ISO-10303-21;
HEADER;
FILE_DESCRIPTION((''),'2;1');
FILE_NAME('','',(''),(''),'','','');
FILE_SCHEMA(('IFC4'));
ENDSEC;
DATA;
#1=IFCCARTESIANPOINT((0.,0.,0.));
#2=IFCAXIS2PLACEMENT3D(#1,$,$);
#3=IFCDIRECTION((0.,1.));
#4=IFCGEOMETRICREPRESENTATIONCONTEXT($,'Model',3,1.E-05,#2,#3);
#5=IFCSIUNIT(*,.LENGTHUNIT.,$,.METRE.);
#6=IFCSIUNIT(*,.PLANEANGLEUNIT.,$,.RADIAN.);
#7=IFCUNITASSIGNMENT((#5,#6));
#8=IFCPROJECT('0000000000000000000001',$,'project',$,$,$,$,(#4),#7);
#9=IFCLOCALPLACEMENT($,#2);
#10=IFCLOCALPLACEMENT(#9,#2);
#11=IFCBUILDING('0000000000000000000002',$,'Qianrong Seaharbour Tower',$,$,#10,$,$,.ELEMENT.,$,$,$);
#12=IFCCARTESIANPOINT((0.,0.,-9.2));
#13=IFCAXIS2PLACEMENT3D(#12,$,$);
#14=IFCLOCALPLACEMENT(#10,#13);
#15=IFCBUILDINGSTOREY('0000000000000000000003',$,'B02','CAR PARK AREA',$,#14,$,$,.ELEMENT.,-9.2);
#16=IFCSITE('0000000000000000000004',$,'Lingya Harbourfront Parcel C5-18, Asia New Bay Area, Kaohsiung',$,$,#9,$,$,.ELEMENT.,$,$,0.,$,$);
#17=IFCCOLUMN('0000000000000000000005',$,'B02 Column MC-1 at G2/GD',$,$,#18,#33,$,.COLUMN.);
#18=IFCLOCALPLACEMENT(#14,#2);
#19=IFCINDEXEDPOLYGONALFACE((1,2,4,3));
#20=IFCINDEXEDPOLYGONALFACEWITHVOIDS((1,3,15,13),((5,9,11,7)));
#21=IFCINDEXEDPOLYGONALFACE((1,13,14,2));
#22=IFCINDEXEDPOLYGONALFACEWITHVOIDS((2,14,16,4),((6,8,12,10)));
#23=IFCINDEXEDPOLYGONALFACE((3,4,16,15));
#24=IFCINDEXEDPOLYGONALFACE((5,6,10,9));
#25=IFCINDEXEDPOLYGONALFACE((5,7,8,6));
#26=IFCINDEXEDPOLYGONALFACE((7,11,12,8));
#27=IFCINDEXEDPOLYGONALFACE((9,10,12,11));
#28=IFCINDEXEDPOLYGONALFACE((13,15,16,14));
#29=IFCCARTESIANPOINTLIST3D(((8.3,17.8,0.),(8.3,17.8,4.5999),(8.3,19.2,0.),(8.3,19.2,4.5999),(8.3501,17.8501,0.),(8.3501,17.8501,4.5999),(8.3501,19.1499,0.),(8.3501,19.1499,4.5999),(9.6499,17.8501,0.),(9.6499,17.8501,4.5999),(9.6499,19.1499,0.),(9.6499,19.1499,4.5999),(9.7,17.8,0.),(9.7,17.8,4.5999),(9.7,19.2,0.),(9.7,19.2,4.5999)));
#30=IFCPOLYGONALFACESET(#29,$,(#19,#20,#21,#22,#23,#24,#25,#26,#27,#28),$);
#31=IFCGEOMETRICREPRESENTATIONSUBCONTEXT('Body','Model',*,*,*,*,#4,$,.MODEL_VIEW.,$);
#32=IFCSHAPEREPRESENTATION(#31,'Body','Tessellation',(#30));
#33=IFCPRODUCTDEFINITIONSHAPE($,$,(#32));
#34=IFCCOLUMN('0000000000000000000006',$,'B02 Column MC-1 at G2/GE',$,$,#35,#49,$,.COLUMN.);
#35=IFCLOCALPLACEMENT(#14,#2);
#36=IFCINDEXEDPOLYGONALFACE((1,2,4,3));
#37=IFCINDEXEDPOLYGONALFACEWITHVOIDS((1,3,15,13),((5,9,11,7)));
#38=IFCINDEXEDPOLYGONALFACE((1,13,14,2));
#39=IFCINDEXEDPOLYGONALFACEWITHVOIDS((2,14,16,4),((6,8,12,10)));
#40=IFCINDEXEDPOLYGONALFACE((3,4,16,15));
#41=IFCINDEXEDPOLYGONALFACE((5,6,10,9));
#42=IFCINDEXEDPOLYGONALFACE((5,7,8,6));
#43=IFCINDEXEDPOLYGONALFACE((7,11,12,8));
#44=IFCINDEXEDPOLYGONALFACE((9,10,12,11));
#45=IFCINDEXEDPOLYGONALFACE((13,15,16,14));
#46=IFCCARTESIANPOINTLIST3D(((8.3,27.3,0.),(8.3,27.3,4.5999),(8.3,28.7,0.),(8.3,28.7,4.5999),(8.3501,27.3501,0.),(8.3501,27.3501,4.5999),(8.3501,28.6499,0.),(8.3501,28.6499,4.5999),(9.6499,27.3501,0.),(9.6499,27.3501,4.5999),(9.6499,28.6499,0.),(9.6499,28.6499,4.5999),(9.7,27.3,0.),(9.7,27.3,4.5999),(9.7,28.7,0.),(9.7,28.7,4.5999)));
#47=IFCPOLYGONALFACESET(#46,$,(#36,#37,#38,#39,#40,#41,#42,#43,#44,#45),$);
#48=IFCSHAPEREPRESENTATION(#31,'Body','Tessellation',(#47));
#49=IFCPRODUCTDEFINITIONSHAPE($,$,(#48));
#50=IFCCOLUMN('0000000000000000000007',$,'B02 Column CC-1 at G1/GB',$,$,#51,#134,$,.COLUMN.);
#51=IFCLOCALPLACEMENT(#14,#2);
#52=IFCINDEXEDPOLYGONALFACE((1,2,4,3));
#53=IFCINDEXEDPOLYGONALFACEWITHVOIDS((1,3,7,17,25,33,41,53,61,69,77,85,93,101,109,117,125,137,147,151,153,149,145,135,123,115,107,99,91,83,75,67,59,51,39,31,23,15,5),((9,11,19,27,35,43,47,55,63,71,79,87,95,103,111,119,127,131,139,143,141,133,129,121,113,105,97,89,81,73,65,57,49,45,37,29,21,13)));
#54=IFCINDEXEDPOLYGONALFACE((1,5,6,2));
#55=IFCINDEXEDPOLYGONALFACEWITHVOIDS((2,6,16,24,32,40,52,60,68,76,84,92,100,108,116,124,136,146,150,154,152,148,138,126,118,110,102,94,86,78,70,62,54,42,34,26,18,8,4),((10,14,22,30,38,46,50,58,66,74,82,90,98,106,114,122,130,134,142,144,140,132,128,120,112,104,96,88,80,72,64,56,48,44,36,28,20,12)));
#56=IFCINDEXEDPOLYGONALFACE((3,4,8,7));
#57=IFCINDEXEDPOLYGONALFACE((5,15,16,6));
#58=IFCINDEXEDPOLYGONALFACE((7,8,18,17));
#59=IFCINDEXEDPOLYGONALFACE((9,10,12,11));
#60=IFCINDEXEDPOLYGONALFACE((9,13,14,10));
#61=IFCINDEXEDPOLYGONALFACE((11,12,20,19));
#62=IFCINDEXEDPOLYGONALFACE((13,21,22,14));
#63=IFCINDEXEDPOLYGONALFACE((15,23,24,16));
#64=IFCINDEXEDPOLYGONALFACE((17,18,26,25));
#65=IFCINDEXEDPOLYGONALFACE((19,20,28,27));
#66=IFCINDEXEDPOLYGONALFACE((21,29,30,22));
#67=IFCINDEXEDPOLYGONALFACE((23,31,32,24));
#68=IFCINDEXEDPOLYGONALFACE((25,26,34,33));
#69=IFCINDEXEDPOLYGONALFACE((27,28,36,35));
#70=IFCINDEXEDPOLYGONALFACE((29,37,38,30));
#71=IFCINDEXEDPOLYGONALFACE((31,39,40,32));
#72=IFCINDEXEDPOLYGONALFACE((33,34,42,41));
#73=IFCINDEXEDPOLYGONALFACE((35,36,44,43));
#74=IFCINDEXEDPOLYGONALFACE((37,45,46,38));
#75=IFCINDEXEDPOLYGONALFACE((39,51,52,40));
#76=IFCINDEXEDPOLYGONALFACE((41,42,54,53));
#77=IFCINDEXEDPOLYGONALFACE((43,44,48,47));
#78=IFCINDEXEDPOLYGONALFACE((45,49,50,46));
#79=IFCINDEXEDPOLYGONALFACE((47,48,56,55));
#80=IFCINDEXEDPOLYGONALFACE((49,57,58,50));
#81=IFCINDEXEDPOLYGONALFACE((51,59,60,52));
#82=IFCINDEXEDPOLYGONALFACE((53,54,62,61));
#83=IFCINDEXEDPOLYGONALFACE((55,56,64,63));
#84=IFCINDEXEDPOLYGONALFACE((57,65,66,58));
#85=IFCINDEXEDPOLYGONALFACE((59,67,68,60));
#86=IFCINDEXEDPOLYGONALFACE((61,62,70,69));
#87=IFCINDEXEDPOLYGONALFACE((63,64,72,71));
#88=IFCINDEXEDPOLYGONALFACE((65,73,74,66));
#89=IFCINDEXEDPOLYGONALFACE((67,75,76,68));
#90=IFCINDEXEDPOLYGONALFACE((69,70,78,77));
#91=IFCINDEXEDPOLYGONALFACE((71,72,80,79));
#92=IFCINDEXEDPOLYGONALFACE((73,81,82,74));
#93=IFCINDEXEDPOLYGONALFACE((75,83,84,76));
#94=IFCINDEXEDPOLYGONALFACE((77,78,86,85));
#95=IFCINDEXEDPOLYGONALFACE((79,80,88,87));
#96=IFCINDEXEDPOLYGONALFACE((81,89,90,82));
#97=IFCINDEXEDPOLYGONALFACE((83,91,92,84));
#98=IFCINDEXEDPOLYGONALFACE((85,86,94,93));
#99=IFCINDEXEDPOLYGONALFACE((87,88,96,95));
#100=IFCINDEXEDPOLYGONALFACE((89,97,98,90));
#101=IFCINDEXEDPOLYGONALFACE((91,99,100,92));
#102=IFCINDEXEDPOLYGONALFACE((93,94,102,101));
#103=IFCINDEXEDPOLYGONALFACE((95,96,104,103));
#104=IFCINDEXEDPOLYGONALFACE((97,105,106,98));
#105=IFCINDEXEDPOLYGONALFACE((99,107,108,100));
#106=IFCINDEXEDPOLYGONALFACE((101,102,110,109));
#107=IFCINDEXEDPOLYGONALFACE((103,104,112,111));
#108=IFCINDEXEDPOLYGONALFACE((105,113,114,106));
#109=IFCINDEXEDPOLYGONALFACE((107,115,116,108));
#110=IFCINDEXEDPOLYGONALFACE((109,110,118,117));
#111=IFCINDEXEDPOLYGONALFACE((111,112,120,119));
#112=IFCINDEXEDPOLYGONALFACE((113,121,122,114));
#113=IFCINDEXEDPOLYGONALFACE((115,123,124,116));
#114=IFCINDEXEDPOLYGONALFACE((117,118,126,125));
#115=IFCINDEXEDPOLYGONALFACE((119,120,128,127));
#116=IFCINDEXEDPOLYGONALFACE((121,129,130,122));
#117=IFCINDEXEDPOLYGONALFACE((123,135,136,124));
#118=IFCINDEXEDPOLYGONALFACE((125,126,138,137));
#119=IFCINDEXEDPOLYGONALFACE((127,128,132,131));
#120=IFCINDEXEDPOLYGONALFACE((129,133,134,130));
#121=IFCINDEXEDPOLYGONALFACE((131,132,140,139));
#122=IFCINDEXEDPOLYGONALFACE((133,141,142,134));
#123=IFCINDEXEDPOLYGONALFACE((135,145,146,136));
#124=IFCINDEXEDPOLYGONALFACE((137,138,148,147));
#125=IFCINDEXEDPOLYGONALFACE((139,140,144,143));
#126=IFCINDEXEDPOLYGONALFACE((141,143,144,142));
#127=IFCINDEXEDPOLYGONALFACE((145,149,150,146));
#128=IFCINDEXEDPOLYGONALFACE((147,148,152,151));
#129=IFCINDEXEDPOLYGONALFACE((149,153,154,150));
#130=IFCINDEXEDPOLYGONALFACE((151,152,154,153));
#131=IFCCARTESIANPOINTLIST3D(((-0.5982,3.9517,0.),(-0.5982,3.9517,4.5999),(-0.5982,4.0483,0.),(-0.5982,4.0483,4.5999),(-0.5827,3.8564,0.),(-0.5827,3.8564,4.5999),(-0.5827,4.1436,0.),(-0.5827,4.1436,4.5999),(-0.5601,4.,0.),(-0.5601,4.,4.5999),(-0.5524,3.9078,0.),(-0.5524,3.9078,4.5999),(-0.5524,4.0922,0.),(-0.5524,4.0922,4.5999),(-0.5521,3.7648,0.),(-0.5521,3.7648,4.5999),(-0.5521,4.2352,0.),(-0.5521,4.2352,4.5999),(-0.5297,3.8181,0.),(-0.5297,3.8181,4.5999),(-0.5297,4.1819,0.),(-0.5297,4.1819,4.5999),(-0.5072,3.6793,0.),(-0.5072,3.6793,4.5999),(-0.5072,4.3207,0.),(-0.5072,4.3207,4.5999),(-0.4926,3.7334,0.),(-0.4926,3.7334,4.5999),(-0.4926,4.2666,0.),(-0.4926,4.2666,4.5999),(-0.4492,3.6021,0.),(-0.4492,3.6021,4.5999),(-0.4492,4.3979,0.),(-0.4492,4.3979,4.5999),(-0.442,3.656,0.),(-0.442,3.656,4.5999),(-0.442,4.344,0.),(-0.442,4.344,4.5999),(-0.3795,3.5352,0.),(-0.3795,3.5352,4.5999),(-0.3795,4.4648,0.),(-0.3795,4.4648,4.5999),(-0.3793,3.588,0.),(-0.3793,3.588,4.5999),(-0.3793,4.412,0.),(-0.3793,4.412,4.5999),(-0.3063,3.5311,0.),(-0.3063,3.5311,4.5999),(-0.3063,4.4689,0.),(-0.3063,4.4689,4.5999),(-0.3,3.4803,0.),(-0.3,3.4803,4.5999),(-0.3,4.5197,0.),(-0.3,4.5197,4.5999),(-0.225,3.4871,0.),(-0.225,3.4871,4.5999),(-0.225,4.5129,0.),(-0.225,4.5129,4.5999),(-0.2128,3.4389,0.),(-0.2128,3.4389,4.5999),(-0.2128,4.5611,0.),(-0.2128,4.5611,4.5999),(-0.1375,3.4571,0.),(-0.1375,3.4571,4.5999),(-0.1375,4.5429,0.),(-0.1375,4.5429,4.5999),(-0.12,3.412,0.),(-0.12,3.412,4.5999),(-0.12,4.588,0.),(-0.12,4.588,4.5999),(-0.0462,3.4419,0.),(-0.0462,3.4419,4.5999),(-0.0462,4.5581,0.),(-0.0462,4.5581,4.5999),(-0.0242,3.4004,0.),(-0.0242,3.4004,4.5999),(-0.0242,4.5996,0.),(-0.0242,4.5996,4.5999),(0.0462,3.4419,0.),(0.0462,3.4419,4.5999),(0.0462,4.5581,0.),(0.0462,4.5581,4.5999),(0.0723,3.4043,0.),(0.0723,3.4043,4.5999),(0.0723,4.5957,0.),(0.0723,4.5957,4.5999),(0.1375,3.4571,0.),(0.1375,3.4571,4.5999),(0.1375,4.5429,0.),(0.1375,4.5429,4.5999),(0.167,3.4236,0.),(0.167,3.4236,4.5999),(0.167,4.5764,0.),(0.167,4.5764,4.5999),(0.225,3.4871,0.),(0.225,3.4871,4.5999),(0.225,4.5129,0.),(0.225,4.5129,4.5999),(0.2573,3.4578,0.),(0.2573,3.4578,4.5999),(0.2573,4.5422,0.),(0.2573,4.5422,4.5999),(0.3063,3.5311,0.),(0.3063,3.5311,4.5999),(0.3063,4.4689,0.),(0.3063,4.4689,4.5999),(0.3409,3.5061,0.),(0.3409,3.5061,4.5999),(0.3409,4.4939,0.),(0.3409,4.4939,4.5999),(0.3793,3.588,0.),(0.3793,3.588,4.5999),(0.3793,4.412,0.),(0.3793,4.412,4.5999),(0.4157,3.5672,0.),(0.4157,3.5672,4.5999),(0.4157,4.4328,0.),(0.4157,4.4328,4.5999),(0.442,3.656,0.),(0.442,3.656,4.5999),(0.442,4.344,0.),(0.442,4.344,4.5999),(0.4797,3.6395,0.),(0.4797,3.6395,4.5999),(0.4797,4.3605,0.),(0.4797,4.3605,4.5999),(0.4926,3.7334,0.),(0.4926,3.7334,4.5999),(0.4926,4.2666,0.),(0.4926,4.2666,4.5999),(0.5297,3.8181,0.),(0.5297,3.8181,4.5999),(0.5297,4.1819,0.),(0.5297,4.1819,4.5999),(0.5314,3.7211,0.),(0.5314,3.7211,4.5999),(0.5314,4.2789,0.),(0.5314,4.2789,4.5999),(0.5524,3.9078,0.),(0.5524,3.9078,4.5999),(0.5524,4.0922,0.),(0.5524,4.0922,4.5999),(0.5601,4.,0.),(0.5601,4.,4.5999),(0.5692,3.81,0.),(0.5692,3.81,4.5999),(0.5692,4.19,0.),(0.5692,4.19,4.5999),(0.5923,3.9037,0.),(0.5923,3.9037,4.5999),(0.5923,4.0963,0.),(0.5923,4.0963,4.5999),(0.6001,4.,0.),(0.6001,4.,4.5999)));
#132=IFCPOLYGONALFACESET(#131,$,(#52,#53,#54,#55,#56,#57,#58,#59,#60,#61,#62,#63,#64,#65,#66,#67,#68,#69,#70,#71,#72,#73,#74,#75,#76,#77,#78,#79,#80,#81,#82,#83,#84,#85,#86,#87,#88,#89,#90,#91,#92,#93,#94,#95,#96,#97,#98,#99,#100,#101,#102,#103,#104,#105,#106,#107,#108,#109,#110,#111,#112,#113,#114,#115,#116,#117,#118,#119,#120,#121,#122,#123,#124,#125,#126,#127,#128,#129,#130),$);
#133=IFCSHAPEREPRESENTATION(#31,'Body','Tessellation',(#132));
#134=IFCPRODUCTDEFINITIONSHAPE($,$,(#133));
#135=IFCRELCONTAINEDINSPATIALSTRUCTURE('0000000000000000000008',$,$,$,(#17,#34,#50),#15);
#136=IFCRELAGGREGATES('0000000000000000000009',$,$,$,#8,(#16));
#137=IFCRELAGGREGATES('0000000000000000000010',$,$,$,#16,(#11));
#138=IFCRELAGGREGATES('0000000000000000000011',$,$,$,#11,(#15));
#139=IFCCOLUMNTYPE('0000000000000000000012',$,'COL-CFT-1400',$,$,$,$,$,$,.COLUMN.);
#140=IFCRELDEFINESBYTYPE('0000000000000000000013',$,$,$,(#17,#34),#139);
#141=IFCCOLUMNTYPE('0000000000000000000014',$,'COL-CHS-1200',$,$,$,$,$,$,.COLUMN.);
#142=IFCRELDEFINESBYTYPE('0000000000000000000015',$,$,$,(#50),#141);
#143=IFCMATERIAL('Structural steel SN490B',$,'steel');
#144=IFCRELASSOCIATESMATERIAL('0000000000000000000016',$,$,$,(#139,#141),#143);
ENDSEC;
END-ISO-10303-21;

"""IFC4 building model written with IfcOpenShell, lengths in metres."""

from ifc_helpers import new_model, si_unit, direction, frame, origin, origin_2d, place, context, subcontext, project, spatial, hollow_rectangle, hollow_circle, extrude, material, material_profile, profile_set, type_object, element, save


model = new_model("IFC4")

# Units and contexts
model_context = context("Model", 3, precision=1e-05, world=origin(), true_north=direction((0.0, 1.0)))
body_context = subcontext(model_context, "Body", "Model", "MODEL_VIEW")
ifc_project = project(units=[si_unit("LENGTHUNIT", "METRE"), si_unit("PLANEANGLEUNIT", "RADIAN")], contexts=[model_context])

# Site, building, storey
site_placement = place(None, origin())
site = spatial("IfcSite", under=ifc_project, at=site_placement, Name="Lingya Harbourfront Parcel C5-18, Asia New Bay Area, Kaohsiung", CompositionType="ELEMENT", RefElevation=0.0)
building_placement = place(site_placement, origin())
building = spatial("IfcBuilding", under=site, at=building_placement, Name="Qianrong Seaharbour Tower", CompositionType="ELEMENT")
storey_placement = place(building_placement, frame((0.0, 0.0, -9.2)))
storey = spatial("IfcBuildingStorey", under=building, at=storey_placement, Name="B02", Description="CAR PARK AREA", CompositionType="ELEMENT", Elevation=-9.2)

# Columns
ifc_material_1 = material(Name="Structural steel SN490B", Category="steel")
ifc_material_profile_1 = material_profile(ifc_material_1, hollow_rectangle(XDim=1.3999, YDim=1.3999, WallThickness=0.05, at=origin_2d()), Name="BOX1400x1400x50")
ifc_profile_set_1 = profile_set([ifc_material_profile_1], Name="Structural steel SN490B")
column_type_1 = type_object("IfcColumnType", Name="COL-CFT-1400", PredefinedType="COLUMN", material=ifc_profile_set_1)
for number, where, z_axis, x_axis, name in (
    (1, (9.0, 18.5, 0.0), (0.0, 0.0, 1.0), (1.0, 0.0, 0.0), "B02 Column MC-1 at G2/GD"),
    (2, (9.0, 28.0, 0.0), (0.0, 0.0, 1.0), (1.0, 0.0, 0.0), "B02 Column MC-1 at G2/GE"),
):
    element("IfcColumn", number, at=place(storey_placement, frame(where, z_axis=z_axis, x_axis=x_axis)), inside=storey, type_object=column_type_1, Name=name, PredefinedType="COLUMN", context=body_context, shape_type="SweptSolid", body=[
        extrude(hollow_rectangle(XDim=1.3999, YDim=1.3999, WallThickness=0.05, at=origin_2d()), origin(), (0.0, 0.0, 1.0), 4.5999),
    ])
ifc_material_profile_2 = material_profile(ifc_material_1, hollow_circle(Radius=0.6001, WallThickness=0.04, at=origin_2d()), Name="CHS1200x40")
ifc_profile_set_2 = profile_set([ifc_material_profile_2], Name="Structural steel SN490B")
column_type_2 = type_object("IfcColumnType", Name="COL-CHS-1200", PredefinedType="COLUMN", material=ifc_profile_set_2)
for number, where, z_axis, x_axis, name in (
    (3, (0.0, 4.0, 0.0), (0.0, 0.0, 1.0), (1.0, 0.0, 0.0), "B02 Column CC-1 at G1/GB"),
):
    element("IfcColumn", number, at=place(storey_placement, frame(where, z_axis=z_axis, x_axis=x_axis)), inside=storey, type_object=column_type_2, Name=name, PredefinedType="COLUMN", context=body_context, shape_type="SweptSolid", body=[
        extrude(hollow_circle(Radius=0.6001, WallThickness=0.04, at=origin_2d()), origin(), (0.0, 0.0, 1.0), 4.5999),
    ])

save(model, "model.ifc")
